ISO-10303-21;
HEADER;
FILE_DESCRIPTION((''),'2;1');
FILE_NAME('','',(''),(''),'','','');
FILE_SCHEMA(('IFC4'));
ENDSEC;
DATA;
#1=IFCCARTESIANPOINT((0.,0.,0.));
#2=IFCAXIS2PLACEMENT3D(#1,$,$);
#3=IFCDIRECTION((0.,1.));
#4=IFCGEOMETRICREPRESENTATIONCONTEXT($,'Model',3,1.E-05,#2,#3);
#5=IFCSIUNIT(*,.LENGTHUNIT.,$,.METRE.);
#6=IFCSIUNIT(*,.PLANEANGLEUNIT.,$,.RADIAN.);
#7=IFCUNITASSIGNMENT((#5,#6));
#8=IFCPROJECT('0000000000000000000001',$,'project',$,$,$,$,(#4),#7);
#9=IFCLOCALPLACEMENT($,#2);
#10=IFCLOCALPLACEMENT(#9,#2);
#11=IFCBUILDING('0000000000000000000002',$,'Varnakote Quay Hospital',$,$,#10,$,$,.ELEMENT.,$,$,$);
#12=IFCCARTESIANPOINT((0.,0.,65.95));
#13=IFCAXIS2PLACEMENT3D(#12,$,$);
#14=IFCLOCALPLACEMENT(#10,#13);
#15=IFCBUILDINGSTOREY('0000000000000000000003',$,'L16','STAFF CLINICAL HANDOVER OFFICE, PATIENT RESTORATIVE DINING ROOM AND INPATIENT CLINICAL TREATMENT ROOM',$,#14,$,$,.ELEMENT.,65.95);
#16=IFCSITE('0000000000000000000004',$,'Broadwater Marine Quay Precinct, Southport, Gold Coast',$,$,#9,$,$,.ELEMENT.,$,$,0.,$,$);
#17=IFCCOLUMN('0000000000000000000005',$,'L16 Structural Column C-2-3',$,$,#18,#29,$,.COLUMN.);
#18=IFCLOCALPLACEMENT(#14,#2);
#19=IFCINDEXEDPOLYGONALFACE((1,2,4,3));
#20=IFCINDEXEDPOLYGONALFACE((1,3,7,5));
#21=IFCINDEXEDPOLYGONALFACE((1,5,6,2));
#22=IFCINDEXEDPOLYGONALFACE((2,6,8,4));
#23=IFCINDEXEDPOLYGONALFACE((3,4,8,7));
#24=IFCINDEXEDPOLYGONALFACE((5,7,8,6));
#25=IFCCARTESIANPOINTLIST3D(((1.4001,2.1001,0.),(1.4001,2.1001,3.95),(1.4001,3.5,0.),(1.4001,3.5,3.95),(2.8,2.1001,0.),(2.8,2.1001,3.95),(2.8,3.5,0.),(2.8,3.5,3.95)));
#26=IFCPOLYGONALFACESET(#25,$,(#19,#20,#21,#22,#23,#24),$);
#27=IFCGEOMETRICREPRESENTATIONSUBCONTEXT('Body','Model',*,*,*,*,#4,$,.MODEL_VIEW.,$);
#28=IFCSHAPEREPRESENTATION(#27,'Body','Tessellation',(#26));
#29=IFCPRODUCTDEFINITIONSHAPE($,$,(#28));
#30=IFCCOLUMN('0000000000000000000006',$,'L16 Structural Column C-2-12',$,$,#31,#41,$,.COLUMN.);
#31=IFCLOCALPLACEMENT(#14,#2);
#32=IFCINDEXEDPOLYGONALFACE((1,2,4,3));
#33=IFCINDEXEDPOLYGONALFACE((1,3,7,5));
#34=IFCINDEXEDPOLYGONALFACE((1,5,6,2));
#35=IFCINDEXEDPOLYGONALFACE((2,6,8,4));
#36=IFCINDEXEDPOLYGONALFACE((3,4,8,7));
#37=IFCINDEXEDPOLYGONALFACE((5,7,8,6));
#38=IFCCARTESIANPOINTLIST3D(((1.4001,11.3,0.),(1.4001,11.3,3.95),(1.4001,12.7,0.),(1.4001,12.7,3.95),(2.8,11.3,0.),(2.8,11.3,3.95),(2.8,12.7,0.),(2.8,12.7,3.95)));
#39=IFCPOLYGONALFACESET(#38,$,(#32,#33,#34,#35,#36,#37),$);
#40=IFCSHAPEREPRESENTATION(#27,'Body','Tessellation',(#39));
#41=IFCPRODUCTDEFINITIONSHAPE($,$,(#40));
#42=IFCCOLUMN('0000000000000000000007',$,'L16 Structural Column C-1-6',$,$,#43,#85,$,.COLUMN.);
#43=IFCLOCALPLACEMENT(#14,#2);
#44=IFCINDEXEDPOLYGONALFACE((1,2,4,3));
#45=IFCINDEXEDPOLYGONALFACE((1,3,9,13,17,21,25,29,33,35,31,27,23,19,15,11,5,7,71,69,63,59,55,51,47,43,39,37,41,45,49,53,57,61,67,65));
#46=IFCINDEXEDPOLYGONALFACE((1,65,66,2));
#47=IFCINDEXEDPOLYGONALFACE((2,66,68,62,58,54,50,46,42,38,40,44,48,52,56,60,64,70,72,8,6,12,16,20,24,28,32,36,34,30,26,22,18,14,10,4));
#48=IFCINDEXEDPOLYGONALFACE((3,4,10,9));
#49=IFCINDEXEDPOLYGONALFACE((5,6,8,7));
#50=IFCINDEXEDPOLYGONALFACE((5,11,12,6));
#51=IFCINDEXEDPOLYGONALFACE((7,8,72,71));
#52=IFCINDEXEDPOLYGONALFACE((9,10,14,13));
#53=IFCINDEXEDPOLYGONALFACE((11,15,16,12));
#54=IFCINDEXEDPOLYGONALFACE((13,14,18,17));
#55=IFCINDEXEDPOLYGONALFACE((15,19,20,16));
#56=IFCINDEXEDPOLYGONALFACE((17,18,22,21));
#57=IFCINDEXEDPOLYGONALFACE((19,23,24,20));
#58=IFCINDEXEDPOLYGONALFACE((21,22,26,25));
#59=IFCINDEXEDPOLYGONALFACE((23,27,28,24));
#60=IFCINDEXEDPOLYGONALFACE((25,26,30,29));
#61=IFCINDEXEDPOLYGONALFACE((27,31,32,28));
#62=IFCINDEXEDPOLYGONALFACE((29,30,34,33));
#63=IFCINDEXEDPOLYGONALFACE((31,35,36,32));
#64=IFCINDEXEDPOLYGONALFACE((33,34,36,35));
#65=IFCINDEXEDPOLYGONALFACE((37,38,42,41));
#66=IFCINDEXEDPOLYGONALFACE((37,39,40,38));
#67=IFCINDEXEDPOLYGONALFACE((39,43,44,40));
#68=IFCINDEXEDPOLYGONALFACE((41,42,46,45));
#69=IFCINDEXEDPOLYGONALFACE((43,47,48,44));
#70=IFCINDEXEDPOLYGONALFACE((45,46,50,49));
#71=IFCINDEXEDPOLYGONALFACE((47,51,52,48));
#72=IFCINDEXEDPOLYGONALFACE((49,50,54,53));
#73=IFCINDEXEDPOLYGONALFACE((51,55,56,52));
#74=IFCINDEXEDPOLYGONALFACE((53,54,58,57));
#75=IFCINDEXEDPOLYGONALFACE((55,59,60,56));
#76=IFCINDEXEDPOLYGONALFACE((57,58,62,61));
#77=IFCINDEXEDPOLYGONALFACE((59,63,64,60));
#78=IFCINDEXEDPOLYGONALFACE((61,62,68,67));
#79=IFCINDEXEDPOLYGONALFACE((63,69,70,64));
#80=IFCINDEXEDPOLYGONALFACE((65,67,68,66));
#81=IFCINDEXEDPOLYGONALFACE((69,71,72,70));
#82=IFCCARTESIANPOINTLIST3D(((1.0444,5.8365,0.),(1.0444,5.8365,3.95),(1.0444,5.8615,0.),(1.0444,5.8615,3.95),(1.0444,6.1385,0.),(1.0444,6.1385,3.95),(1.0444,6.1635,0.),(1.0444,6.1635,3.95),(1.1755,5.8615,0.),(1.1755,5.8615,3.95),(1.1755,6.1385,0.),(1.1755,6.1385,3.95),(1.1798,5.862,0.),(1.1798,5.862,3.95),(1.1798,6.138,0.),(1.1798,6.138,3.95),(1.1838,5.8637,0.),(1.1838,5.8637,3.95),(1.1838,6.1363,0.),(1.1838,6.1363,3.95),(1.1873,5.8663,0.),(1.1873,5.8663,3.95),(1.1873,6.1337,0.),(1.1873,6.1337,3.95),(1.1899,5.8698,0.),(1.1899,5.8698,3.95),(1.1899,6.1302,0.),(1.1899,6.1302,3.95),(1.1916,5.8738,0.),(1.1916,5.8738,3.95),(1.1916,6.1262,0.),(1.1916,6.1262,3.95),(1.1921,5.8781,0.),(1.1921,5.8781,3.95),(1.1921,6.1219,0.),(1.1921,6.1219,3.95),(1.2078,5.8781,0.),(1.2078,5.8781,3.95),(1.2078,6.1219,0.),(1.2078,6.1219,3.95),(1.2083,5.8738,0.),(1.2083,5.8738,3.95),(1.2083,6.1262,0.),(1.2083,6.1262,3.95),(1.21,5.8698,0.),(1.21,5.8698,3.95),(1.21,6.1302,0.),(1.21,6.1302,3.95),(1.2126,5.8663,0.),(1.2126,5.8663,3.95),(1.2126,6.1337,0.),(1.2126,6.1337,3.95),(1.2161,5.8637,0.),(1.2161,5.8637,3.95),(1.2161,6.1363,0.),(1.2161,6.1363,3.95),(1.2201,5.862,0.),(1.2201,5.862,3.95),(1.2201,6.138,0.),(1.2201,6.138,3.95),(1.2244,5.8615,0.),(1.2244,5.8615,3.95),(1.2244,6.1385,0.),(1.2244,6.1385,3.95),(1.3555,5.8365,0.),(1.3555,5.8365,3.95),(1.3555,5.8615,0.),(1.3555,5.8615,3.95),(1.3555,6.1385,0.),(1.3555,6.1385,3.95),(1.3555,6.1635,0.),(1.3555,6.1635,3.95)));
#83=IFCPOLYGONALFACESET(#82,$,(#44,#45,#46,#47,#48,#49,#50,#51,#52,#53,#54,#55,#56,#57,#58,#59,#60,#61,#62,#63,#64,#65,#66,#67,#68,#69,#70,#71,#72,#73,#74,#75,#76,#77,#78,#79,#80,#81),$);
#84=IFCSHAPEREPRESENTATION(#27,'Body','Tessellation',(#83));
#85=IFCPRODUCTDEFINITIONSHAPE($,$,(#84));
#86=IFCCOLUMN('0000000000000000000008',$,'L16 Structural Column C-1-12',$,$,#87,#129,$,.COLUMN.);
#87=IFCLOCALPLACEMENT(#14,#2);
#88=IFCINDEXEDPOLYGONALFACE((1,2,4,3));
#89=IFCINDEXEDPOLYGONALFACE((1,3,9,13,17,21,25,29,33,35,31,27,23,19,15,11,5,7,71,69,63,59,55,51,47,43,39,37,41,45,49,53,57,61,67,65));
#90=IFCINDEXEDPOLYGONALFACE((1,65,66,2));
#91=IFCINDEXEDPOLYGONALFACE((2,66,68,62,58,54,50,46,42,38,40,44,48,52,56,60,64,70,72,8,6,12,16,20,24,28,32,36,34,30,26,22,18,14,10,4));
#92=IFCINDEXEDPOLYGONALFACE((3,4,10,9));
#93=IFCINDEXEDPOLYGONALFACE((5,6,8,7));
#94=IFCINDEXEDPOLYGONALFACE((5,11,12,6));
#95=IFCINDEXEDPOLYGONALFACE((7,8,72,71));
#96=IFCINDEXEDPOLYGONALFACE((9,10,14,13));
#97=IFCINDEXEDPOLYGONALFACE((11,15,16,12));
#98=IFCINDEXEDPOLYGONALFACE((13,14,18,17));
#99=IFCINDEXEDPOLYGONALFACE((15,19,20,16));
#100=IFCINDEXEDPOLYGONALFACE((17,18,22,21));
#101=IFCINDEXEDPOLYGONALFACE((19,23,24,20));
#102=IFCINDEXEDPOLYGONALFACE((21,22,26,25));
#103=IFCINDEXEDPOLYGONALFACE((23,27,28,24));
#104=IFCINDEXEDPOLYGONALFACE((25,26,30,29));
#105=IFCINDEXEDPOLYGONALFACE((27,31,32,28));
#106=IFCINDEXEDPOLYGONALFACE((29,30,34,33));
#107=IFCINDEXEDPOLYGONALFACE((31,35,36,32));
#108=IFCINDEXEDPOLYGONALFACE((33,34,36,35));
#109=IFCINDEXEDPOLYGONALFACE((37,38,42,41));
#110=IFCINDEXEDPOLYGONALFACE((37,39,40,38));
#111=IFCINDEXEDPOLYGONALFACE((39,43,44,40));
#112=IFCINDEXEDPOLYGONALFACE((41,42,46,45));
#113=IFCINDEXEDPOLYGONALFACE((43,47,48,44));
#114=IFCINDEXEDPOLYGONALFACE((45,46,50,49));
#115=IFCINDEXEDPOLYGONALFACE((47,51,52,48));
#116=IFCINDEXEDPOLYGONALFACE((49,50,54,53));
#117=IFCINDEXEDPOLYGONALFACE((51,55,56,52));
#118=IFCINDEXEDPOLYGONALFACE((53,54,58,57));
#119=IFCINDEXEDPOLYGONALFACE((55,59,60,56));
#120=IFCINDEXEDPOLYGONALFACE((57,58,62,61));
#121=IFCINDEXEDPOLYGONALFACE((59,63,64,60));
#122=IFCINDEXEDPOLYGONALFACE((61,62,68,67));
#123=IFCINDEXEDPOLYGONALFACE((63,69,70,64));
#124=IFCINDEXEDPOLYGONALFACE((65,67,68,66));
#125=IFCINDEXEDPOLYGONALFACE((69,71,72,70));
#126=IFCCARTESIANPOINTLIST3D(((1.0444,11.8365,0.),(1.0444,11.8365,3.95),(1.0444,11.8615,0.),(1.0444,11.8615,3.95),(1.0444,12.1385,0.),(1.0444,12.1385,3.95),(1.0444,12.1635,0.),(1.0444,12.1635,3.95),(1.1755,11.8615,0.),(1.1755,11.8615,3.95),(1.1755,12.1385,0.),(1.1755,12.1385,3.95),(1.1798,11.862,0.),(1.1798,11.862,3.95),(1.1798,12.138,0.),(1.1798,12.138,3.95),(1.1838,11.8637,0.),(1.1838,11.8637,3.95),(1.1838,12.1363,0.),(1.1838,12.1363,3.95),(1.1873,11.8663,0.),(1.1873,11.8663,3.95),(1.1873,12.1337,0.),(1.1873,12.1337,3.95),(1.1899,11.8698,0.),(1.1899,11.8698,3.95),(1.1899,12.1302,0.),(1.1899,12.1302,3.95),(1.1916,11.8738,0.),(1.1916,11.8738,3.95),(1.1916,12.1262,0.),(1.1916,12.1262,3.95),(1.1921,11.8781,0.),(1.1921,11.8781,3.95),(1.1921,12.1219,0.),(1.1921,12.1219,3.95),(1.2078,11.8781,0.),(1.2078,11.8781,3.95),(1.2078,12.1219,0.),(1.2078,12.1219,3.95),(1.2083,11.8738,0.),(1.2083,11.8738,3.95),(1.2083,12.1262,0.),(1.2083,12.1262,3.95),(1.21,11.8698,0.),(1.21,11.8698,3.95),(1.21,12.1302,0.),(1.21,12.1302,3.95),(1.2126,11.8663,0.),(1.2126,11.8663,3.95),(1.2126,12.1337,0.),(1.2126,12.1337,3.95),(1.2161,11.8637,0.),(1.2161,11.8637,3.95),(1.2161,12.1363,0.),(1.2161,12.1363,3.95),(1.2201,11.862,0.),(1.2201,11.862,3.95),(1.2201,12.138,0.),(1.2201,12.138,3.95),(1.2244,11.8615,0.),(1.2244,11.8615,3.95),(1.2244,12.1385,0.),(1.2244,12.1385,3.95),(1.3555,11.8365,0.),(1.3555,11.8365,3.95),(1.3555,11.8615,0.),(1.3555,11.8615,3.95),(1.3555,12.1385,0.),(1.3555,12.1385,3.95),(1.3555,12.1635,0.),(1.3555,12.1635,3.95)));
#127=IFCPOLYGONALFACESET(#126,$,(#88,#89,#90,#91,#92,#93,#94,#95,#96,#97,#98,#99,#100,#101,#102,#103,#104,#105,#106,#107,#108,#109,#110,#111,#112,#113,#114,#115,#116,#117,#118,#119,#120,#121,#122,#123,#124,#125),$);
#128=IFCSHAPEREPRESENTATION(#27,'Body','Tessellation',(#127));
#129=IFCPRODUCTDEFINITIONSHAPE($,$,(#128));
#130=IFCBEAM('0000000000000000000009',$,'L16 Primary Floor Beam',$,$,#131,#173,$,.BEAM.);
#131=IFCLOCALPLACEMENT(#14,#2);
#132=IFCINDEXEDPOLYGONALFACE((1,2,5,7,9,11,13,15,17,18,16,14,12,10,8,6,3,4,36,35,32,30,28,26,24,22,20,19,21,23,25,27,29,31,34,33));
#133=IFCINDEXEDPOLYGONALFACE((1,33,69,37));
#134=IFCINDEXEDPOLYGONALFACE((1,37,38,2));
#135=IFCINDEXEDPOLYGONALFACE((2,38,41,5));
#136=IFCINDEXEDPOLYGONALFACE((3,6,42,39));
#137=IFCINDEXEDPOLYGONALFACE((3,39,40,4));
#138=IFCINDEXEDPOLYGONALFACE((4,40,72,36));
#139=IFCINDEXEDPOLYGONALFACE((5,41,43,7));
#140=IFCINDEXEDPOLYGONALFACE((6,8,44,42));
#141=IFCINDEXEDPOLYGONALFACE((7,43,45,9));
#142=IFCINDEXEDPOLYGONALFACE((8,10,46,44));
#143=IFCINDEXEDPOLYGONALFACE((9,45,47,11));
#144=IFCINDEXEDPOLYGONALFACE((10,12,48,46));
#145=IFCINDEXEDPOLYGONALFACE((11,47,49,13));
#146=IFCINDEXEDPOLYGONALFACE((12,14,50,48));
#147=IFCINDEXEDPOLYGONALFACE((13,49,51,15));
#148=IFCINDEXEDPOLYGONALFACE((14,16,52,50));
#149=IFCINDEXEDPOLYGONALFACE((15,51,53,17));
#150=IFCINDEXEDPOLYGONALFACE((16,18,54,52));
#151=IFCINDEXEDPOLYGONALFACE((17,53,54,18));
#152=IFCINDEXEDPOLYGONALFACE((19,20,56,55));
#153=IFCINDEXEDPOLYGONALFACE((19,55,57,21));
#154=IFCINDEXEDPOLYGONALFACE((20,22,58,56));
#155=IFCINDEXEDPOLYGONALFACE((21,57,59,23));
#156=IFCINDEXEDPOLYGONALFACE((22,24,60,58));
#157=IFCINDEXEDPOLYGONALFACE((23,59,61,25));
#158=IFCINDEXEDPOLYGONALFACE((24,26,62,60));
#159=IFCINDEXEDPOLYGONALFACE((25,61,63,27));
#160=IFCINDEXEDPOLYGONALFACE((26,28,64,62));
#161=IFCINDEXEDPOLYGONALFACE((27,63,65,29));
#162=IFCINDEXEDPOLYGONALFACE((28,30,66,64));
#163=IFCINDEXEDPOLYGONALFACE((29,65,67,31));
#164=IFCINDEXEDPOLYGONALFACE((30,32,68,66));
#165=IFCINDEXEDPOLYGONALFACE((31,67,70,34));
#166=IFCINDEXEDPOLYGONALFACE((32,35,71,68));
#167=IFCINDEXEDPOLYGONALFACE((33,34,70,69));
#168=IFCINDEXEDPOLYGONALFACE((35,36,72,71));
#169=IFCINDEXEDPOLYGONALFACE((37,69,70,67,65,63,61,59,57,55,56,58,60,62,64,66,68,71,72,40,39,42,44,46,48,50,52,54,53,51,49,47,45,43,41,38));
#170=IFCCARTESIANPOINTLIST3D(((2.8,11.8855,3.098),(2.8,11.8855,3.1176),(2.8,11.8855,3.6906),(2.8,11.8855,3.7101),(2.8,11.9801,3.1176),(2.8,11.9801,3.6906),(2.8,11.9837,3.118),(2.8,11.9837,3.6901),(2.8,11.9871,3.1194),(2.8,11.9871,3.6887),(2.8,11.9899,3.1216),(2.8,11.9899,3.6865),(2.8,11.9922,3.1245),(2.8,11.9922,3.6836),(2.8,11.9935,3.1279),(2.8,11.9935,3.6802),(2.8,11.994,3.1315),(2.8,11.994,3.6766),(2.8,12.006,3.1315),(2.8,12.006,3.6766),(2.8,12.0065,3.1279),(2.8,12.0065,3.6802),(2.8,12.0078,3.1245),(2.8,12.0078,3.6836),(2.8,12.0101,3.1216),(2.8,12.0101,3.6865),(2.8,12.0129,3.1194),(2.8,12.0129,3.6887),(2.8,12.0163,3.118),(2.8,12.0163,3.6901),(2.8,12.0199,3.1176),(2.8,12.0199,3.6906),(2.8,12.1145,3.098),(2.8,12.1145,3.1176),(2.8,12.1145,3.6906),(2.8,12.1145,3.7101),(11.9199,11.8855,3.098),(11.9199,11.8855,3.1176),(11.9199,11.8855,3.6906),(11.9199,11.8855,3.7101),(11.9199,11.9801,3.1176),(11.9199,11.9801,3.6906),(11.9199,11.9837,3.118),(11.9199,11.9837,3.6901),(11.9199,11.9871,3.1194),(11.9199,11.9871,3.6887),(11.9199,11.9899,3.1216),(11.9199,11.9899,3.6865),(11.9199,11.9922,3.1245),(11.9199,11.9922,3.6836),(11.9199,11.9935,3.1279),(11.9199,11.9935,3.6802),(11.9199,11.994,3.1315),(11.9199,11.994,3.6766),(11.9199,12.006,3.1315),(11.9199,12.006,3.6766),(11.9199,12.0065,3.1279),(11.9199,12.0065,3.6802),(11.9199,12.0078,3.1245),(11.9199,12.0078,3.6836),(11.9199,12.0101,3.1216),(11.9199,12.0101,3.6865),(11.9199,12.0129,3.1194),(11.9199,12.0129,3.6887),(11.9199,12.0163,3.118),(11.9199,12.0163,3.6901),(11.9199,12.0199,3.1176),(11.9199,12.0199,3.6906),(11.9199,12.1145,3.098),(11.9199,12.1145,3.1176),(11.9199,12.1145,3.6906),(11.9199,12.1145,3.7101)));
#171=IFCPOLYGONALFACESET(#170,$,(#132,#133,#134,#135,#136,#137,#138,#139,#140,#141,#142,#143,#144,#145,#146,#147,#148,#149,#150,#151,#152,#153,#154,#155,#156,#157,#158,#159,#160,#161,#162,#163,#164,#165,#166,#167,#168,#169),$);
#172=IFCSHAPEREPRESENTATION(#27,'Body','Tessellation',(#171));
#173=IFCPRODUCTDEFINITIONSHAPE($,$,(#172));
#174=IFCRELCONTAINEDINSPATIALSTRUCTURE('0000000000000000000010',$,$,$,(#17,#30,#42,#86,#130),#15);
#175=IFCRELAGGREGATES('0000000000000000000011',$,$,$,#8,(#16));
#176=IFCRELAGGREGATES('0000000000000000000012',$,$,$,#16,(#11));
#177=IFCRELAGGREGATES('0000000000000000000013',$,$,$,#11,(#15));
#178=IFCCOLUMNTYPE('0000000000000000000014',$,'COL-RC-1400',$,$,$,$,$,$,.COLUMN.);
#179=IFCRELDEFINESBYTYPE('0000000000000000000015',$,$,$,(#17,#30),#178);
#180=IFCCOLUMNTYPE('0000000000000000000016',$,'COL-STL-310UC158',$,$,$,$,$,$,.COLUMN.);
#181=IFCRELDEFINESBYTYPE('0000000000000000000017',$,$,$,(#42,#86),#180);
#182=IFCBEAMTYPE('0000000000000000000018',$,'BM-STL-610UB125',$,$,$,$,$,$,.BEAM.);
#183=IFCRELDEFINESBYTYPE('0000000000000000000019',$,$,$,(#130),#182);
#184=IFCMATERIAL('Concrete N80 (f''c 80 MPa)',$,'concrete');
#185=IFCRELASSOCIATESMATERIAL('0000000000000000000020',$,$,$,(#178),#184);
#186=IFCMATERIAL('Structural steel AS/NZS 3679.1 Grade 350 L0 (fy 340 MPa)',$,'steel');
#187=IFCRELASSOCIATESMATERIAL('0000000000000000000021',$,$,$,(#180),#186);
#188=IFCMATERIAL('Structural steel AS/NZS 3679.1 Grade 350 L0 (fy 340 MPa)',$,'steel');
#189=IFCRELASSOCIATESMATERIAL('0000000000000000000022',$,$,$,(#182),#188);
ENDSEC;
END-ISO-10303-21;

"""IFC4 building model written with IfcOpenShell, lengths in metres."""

from ifc_helpers import new_model, si_unit, direction, frame, origin, origin_2d, place, context, subcontext, project, spatial, rectangle, i_section, extrude, material, material_profile, profile_set, type_object, element, save


model = new_model("IFC4")

# Units and contexts
model_context = context("Model", 3, precision=1e-05, world=origin(), true_north=direction((0.0, 1.0)))
body_context = subcontext(model_context, "Body", "Model", "MODEL_VIEW")
ifc_project = project(units=[si_unit("LENGTHUNIT", "METRE"), si_unit("PLANEANGLEUNIT", "RADIAN")], contexts=[model_context])

# Site, building, storey
site_placement = place(None, origin())
site = spatial("IfcSite", under=ifc_project, at=site_placement, Name="Broadwater Marine Quay Precinct, Southport, Gold Coast", CompositionType="ELEMENT", RefElevation=0.0)
building_placement = place(site_placement, origin())
building = spatial("IfcBuilding", under=site, at=building_placement, Name="Varnakote Quay Hospital", CompositionType="ELEMENT")
storey_placement = place(building_placement, frame((0.0, 0.0, 65.95)))
storey = spatial("IfcBuildingStorey", under=building, at=storey_placement, Name="L16", Description="STAFF CLINICAL HANDOVER OFFICE, PATIENT RESTORATIVE DINING ROOM AND INPATIENT CLINICAL TREATMENT ROOM", CompositionType="ELEMENT", Elevation=65.95)

# Columns
ifc_material_1 = material(Name="Concrete N80 (f'c 80 MPa)", Category="concrete")
ifc_material_profile_1 = material_profile(ifc_material_1, rectangle(XDim=1.3999, YDim=1.3999, at=origin_2d()), Name="RC-COL-1400x1400")
ifc_profile_set_1 = profile_set([ifc_material_profile_1], Name="Concrete N80 (f'c 80 MPa)")
column_type_1 = type_object("IfcColumnType", Name="COL-RC-1400", PredefinedType="COLUMN", material=ifc_profile_set_1)
for number, where, z_axis, x_axis, name in (
    (1, (2.1001, 2.8, 0.0), (0.0, 0.0, 1.0), (1.0, 0.0, 0.0), "L16 Structural Column C-2-3"),
    (2, (2.1001, 12.0, 0.0), (0.0, 0.0, 1.0), (1.0, 0.0, 0.0), "L16 Structural Column C-2-12"),
):
    element("IfcColumn", number, at=place(storey_placement, frame(where, z_axis=z_axis, x_axis=x_axis)), inside=storey, type_object=column_type_1, Name=name, PredefinedType="COLUMN", context=body_context, shape_type="SweptSolid", body=[
        extrude(rectangle(XDim=1.3999, YDim=1.3999, at=origin_2d()), origin(), (0.0, 0.0, 1.0), 3.95),
    ])
ifc_material_2 = material(Name="Structural steel AS/NZS 3679.1 Grade 350 L0 (fy 340 MPa)", Category="steel")
ifc_material_profile_2 = material_profile(ifc_material_2, i_section(OverallWidth=0.311, OverallDepth=0.3269, WebThickness=0.0156, FlangeThickness=0.0249, FilletRadius=0.0166, at=origin_2d()), Name="310UC158")
ifc_profile_set_2 = profile_set([ifc_material_profile_2], Name="Structural steel AS/NZS 3679.1 Grade 350 L0 (fy 340 MPa)")
column_type_2 = type_object("IfcColumnType", Name="COL-STL-310UC158", PredefinedType="COLUMN", material=ifc_profile_set_2)
for number, where, z_axis, x_axis, name in (
    (3, (1.2, 6.0, 0.0), (0.0, 0.0, 1.0), (1.0, 0.0, 0.0), "L16 Structural Column C-1-6"),
    (4, (1.2, 12.0, 0.0), (0.0, 0.0, 1.0), (1.0, 0.0, 0.0), "L16 Structural Column C-1-12"),
):
    element("IfcColumn", number, at=place(storey_placement, frame(where, z_axis=z_axis, x_axis=x_axis)), inside=storey, type_object=column_type_2, Name=name, PredefinedType="COLUMN", context=body_context, shape_type="SweptSolid", body=[
        extrude(i_section(OverallWidth=0.311, OverallDepth=0.3269, WebThickness=0.0156, FlangeThickness=0.0249, FilletRadius=0.0166, at=origin_2d()), origin(), (0.0, 0.0, 1.0), 3.95),
    ])

# Beam
ifc_material_3 = material(Name="Structural steel AS/NZS 3679.1 Grade 350 L0 (fy 340 MPa)", Category="steel")
ifc_material_profile_3 = material_profile(ifc_material_3, i_section(OverallWidth=0.229, OverallDepth=0.6121, WebThickness=0.012, FlangeThickness=0.0195, FilletRadius=0.0139, at=origin_2d()), Name="610UB125")
ifc_profile_set_3 = profile_set([ifc_material_profile_3], Name="Structural steel AS/NZS 3679.1 Grade 350 L0 (fy 340 MPa)")
beam_type_1 = type_object("IfcBeamType", Name="BM-STL-610UB125", PredefinedType="BEAM", material=ifc_profile_set_3)
beam_1_placement = place(storey_placement, frame((2.8, 12.0, 3.4041), z_axis=(1.0, 0.0, 0.0), x_axis=(0.0, 1.0, 0.0)))
element("IfcBeam", 5, at=beam_1_placement, inside=storey, type_object=beam_type_1, Name="L16 Primary Floor Beam", PredefinedType="BEAM", context=body_context, shape_type="SweptSolid", body=[
    extrude(i_section(OverallWidth=0.229, OverallDepth=0.6121, WebThickness=0.012, FlangeThickness=0.0195, FilletRadius=0.0139, at=origin_2d()), origin(), (0.0, 0.0, 1.0), 9.1199),
])

save(model, "model.ifc")
